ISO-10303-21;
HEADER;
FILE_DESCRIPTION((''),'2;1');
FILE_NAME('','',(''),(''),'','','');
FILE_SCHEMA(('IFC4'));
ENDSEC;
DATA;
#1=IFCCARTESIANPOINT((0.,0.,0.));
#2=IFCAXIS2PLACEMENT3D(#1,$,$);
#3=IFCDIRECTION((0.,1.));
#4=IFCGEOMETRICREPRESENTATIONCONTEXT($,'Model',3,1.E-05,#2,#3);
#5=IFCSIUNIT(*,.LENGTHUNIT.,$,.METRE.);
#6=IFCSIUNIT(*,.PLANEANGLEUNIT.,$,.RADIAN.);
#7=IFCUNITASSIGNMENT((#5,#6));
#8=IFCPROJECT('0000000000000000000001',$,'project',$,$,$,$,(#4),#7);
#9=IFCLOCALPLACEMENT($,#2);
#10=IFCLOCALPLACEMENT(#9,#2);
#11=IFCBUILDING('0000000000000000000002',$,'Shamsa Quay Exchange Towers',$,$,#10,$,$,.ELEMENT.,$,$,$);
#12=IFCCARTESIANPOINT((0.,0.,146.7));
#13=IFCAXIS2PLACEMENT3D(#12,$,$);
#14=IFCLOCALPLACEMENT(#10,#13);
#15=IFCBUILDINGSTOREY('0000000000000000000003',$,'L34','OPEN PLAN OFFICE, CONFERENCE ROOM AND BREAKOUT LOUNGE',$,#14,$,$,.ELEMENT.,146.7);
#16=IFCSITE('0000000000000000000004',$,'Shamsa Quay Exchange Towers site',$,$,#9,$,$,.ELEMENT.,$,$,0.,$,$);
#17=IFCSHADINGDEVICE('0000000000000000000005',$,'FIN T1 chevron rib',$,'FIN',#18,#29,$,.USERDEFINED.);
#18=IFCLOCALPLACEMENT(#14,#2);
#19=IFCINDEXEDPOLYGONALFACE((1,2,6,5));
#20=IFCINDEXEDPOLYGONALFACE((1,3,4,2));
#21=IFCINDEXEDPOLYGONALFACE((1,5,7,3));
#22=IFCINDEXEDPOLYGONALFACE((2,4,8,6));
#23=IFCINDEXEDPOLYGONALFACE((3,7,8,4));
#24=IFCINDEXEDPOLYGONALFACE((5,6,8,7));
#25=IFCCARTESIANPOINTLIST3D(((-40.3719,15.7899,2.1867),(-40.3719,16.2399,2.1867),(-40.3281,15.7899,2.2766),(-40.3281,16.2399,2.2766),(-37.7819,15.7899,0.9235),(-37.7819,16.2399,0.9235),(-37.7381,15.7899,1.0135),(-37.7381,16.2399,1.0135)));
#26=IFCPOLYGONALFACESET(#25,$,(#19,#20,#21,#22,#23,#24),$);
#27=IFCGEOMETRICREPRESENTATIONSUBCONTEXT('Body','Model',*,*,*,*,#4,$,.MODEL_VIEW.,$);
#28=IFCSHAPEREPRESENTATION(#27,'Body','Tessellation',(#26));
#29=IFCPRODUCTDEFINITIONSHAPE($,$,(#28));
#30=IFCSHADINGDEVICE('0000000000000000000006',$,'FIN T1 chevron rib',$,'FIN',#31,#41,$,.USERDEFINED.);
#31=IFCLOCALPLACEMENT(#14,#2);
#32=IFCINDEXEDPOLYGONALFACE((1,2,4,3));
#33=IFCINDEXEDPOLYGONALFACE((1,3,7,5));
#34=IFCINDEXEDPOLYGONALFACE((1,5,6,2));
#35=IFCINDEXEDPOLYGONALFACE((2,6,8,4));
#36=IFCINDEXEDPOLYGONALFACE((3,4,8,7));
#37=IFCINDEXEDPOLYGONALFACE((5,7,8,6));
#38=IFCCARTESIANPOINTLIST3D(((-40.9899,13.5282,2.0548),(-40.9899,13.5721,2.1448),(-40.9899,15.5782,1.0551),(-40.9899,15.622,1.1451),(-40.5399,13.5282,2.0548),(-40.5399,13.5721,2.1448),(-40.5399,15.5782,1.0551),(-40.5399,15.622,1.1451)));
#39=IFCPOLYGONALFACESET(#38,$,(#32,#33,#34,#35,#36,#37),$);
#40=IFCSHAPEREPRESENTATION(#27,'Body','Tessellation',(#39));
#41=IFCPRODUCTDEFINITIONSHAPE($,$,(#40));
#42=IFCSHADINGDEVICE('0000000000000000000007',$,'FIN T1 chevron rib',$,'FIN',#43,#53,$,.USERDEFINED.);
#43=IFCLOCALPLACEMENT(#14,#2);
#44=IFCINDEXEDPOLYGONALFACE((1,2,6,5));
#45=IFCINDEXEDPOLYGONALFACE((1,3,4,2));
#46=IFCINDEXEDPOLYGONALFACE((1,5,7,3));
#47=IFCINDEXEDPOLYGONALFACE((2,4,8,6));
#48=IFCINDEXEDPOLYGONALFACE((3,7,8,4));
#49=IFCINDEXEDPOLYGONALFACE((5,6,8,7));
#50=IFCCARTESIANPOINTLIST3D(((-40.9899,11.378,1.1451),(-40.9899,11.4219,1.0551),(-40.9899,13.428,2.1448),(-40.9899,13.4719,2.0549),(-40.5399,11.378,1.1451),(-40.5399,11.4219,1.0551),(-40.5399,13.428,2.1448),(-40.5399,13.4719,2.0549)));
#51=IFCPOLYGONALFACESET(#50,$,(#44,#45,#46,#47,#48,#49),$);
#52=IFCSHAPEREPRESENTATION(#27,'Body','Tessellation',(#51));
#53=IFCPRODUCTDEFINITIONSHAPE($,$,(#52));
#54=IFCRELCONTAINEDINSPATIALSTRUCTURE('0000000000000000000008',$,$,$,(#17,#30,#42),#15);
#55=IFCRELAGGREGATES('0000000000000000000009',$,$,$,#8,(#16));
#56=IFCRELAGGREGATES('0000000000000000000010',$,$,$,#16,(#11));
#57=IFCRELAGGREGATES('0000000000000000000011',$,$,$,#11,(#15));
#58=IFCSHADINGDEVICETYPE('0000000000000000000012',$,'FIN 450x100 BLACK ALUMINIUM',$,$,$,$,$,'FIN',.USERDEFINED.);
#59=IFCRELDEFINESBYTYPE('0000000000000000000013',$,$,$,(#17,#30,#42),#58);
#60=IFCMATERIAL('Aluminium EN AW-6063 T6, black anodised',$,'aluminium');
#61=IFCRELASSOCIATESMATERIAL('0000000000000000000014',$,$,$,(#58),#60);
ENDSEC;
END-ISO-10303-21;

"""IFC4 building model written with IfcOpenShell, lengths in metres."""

from ifc_helpers import new_model, si_unit, direction, frame, origin, origin_2d, place, context, subcontext, project, spatial, rectangle, extrude, material, material_profile, profile_set, type_object, element, save


model = new_model("IFC4")

# Units and contexts
model_context = context("Model", 3, precision=1e-05, world=origin(), true_north=direction((0.0, 1.0)))
body_context = subcontext(model_context, "Body", "Model", "MODEL_VIEW")
ifc_project = project(units=[si_unit("LENGTHUNIT", "METRE"), si_unit("PLANEANGLEUNIT", "RADIAN")], contexts=[model_context])

# Site, building, storey
site_placement = place(None, origin())
site = spatial("IfcSite", under=ifc_project, at=site_placement, Name="Shamsa Quay Exchange Towers site", CompositionType="ELEMENT", RefElevation=0.0)
building_placement = place(site_placement, origin())
building = spatial("IfcBuilding", under=site, at=building_placement, Name="Shamsa Quay Exchange Towers", CompositionType="ELEMENT")
storey_placement = place(building_placement, frame((0.0, 0.0, 146.7)))
storey = spatial("IfcBuildingStorey", under=building, at=storey_placement, Name="L34", Description="OPEN PLAN OFFICE, CONFERENCE ROOM AND BREAKOUT LOUNGE", CompositionType="ELEMENT", Elevation=146.7)

# Shared definitions
ifc_material_1 = material(Name="Aluminium EN AW-6063 T6, black anodised", Category="aluminium")

# Shading devices
ifc_material_profile_1 = material_profile(ifc_material_1, rectangle(XDim=0.45, YDim=0.1001, at=origin_2d()), Name="FIN450x100")
ifc_profile_set_1 = profile_set([ifc_material_profile_1], Name="Aluminium EN AW-6063 T6, black anodised")
shading_device_type = type_object("IfcShadingDeviceType", Name="FIN 450x100 BLACK ALUMINIUM", ElementType="FIN", PredefinedType="USERDEFINED", material=ifc_profile_set_1)
shading_device_1_placement = place(storey_placement, frame((-37.76, 16.0149, 0.9685), z_axis=(-0.898806, 0.0, 0.438347), x_axis=(0.0, -1.0, 0.0)))
element("IfcShadingDevice", 1, at=shading_device_1_placement, inside=storey, type_object=shading_device_type, Name="FIN T1 chevron rib", ObjectType="FIN", PredefinedType="USERDEFINED", context=body_context, shape_type="SweptSolid", body=[
    extrude(rectangle(XDim=0.45, YDim=0.1001, at=origin_2d()), origin(), (0.0, 0.0, 1.0), 2.8816),
])
for number, where, z_axis, x_axis, name in (
    (2, (-40.7649, 15.6001, 1.1001), (0.0, -0.898815, 0.438329), (1.0, 0.0, 0.0), "FIN T1 chevron rib"),
    (3, (-40.7649, 13.45, 2.0999), (0.0, -0.898815, -0.438329), (1.0, 0.0, 0.0), "FIN T1 chevron rib"),
):
    element("IfcShadingDevice", number, at=place(storey_placement, frame(where, z_axis=z_axis, x_axis=x_axis)), inside=storey, type_object=shading_device_type, Name=name, ObjectType="FIN", PredefinedType="USERDEFINED", context=body_context, shape_type="SweptSolid", body=[
        extrude(rectangle(XDim=0.45, YDim=0.1001, at=origin_2d()), origin(), (0.0, 0.0, 1.0), 2.2808),
    ])

save(model, "model.ifc")
